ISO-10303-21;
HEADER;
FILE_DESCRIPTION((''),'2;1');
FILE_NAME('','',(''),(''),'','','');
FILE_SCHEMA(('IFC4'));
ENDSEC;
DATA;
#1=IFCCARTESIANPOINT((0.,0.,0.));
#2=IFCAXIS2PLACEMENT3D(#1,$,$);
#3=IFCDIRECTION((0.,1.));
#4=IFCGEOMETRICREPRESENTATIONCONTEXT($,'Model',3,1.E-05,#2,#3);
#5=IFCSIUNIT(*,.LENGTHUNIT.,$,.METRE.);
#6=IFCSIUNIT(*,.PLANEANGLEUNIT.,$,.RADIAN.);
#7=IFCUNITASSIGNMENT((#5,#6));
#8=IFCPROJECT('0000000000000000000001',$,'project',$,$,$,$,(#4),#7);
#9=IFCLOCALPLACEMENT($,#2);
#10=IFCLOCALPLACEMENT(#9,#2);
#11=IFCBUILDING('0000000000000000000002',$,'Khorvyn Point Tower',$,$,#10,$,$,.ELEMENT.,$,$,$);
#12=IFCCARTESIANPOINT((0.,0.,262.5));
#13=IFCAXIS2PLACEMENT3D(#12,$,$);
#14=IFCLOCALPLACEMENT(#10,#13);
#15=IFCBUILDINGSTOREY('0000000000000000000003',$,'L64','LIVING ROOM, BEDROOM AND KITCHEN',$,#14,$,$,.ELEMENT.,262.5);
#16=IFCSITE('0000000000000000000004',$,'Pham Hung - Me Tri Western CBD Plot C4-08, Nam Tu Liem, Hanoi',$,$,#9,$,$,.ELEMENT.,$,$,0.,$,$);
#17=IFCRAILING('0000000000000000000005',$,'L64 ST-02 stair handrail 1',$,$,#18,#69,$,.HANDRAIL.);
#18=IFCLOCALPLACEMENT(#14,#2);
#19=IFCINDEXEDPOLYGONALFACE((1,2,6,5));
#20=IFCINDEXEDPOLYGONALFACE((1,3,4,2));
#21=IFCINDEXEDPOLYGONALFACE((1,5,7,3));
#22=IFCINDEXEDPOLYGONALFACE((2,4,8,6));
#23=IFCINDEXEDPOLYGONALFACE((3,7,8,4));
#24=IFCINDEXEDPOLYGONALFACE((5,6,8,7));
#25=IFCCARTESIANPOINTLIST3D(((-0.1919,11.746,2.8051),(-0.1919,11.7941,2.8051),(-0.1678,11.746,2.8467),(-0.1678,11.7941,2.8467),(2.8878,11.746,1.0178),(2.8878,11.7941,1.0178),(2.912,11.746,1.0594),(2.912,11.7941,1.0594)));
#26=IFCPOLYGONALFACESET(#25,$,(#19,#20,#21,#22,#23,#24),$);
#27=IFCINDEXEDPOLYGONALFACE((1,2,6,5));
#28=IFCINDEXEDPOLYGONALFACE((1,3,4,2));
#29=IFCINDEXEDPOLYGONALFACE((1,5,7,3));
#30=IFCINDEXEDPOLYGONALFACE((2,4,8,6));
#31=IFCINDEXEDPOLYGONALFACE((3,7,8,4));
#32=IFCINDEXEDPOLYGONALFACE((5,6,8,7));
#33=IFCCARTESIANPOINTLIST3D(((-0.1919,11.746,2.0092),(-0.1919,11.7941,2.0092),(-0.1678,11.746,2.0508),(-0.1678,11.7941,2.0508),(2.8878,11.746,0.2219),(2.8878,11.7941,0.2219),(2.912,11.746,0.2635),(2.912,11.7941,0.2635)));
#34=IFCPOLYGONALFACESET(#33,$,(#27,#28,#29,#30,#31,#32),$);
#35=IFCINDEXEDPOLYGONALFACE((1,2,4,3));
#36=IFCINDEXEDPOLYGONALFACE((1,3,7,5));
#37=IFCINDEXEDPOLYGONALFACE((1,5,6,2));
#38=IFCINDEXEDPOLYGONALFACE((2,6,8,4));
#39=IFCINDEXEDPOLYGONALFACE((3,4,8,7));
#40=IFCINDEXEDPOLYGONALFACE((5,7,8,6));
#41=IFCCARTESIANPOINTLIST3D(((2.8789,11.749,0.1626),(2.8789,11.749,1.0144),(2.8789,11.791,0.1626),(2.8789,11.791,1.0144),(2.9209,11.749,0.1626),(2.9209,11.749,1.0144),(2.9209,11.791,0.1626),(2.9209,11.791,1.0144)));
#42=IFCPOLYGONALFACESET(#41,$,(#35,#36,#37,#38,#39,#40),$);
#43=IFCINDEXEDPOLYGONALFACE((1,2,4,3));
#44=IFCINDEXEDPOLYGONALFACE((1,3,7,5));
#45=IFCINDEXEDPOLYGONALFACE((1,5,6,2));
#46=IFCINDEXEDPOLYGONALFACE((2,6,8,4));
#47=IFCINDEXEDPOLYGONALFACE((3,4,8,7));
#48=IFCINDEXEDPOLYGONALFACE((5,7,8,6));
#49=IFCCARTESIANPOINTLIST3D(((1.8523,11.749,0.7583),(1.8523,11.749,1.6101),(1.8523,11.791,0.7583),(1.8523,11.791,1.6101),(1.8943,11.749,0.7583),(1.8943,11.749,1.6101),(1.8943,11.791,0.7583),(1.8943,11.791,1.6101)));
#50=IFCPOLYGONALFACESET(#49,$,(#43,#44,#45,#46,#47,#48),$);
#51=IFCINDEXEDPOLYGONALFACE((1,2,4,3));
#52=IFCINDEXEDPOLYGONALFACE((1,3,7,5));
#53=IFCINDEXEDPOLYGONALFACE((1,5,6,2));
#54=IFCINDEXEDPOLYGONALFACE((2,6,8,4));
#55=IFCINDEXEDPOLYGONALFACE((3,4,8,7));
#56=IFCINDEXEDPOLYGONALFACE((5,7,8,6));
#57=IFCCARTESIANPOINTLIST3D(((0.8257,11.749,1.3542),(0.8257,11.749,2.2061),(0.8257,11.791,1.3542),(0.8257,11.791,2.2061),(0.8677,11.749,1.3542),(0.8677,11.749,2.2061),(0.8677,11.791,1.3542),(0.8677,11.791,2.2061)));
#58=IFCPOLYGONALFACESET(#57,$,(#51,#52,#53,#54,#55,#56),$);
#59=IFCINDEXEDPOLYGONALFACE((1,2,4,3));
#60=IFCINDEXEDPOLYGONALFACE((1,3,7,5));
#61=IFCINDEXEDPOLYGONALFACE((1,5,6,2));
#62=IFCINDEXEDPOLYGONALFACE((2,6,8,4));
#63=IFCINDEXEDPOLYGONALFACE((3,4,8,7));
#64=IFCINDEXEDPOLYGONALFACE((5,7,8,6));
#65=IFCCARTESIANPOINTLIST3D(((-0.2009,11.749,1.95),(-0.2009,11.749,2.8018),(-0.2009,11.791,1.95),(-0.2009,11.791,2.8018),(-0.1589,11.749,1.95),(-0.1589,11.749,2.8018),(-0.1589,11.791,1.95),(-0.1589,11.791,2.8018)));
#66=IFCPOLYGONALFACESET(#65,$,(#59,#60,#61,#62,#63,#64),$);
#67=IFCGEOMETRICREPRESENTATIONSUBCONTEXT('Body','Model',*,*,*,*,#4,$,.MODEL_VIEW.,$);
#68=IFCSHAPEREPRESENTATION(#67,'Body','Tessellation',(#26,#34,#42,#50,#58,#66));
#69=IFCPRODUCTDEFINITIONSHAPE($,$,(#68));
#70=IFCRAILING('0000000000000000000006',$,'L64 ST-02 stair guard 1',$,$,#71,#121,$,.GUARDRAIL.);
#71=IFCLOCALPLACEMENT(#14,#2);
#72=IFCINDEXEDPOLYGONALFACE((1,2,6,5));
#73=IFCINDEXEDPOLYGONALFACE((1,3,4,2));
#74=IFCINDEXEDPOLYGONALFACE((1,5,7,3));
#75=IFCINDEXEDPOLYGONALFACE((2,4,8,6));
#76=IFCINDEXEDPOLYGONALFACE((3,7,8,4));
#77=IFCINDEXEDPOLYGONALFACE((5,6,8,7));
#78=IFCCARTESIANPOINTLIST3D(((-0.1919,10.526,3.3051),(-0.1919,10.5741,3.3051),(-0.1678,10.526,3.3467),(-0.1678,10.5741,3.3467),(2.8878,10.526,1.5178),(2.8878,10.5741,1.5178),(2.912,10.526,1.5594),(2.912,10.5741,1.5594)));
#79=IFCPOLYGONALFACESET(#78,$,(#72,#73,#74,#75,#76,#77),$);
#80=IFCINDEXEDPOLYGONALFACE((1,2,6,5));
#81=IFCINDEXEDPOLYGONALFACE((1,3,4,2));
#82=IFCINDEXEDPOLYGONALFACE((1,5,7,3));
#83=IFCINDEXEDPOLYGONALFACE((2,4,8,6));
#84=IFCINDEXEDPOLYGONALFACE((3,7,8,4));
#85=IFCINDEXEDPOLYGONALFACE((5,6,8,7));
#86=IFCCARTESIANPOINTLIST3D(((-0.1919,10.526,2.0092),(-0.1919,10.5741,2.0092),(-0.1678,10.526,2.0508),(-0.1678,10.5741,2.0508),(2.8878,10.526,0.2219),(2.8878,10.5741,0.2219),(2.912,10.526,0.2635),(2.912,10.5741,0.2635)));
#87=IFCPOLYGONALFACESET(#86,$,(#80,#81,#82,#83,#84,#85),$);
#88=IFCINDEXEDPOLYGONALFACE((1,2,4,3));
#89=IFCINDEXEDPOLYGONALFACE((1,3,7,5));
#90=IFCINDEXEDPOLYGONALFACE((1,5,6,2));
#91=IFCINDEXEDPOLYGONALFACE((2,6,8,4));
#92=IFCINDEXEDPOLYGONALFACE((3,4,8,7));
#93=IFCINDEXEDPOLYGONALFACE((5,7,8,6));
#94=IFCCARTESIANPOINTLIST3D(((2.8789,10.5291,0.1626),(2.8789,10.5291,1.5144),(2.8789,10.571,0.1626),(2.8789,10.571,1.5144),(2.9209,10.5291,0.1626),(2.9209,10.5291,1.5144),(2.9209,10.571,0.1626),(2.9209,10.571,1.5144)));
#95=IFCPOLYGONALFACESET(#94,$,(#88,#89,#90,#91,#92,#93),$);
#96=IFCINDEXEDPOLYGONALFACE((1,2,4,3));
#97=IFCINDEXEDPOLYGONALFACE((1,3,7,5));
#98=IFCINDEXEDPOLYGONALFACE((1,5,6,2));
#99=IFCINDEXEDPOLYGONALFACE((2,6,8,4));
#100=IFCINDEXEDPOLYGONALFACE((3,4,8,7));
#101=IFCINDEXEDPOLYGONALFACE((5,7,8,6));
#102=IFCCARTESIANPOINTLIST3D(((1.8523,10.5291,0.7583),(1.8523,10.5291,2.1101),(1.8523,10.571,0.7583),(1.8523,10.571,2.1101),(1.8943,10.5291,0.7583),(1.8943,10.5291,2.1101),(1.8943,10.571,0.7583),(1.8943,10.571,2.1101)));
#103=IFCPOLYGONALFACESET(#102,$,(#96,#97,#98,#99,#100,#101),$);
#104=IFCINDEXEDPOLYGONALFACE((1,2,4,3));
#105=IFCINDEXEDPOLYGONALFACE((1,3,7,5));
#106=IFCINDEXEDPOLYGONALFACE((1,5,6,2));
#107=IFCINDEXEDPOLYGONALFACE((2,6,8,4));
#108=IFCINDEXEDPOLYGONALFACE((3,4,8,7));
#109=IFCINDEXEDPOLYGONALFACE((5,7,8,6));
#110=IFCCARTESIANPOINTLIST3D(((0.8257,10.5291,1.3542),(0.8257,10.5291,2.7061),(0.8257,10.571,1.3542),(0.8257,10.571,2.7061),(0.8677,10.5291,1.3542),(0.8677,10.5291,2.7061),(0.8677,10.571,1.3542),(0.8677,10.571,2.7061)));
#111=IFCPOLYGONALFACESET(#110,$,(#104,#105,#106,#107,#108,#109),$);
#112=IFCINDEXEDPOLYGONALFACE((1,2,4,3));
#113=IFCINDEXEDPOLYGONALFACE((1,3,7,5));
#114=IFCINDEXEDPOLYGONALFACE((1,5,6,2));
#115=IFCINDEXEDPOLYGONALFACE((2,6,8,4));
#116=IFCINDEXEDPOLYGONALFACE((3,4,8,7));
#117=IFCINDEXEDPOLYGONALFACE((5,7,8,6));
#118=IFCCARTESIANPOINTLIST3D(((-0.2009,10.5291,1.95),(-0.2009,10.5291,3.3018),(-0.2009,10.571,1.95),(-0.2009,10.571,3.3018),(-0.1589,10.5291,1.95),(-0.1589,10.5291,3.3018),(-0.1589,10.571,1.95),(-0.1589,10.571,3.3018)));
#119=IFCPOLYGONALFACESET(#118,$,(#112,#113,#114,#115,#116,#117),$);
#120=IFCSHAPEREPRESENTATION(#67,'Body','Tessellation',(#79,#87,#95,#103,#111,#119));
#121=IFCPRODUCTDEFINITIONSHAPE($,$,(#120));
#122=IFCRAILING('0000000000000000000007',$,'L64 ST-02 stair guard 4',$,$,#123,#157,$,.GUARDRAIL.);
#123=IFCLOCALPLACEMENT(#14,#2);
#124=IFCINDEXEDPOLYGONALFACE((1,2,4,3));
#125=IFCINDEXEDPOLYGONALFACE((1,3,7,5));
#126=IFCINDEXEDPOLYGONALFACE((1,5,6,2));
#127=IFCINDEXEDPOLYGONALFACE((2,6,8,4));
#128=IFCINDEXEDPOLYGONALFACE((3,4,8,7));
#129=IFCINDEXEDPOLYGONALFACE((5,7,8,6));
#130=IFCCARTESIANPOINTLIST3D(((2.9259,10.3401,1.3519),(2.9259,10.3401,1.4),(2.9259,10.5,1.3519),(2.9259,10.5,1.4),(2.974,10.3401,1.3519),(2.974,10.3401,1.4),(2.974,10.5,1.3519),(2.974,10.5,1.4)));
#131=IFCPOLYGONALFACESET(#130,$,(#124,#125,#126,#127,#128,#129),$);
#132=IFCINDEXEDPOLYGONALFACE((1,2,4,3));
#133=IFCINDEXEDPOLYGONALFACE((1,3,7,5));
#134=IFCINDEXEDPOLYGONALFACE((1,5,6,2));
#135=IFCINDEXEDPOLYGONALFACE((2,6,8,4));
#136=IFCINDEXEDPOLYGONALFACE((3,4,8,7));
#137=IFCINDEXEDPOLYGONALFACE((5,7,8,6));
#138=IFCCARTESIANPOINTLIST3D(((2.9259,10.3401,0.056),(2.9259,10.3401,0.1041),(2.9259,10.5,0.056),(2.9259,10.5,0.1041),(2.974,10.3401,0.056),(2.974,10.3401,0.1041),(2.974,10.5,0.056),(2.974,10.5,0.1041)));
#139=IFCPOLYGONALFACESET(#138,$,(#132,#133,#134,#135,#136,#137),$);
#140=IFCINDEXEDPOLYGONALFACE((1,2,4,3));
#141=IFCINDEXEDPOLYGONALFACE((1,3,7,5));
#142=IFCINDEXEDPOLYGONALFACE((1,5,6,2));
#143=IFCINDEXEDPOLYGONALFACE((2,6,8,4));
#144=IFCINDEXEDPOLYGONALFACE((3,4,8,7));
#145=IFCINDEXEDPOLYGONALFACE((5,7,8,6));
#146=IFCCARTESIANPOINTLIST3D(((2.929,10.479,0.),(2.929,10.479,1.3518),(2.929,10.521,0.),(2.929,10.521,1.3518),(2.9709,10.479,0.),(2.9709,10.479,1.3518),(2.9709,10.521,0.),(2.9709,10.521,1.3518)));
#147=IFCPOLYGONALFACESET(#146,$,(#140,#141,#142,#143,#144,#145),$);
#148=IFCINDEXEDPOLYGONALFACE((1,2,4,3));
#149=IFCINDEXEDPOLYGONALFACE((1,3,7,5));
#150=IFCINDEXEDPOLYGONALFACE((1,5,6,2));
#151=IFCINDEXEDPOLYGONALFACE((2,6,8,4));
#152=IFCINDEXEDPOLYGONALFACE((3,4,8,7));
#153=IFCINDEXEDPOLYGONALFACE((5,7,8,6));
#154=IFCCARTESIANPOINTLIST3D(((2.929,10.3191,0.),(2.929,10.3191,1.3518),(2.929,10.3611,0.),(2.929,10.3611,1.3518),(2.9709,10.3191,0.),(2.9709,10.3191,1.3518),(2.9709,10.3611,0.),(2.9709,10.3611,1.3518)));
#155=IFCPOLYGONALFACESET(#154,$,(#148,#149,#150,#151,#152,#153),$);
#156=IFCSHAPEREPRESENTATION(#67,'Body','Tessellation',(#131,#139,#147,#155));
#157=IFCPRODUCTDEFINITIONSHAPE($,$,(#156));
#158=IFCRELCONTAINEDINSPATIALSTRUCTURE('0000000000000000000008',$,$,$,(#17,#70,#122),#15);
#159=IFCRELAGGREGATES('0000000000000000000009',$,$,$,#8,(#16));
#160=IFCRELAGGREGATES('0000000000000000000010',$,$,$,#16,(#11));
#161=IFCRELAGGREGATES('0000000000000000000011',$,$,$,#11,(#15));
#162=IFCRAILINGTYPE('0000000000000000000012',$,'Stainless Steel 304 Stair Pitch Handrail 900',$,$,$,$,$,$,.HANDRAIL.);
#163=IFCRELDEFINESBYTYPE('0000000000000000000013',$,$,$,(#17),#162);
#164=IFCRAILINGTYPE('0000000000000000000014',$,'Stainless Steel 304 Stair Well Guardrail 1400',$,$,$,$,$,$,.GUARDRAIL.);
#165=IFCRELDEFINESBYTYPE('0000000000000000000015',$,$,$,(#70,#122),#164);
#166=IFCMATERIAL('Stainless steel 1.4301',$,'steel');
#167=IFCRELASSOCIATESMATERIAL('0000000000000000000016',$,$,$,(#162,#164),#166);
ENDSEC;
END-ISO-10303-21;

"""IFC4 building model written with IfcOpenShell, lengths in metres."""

from ifc_helpers import new_model, si_unit, direction, frame, origin, origin_2d, place, context, subcontext, project, spatial, rectangle, extrude, material, type_object, element, save


model = new_model("IFC4")

# Units and contexts
model_context = context("Model", 3, precision=1e-05, world=origin(), true_north=direction((0.0, 1.0)))
body_context = subcontext(model_context, "Body", "Model", "MODEL_VIEW")
ifc_project = project(units=[si_unit("LENGTHUNIT", "METRE"), si_unit("PLANEANGLEUNIT", "RADIAN")], contexts=[model_context])

# Site, building, storey
site_placement = place(None, origin())
site = spatial("IfcSite", under=ifc_project, at=site_placement, Name="Pham Hung - Me Tri Western CBD Plot C4-08, Nam Tu Liem, Hanoi", CompositionType="ELEMENT", RefElevation=0.0)
building_placement = place(site_placement, origin())
building = spatial("IfcBuilding", under=site, at=building_placement, Name="Khorvyn Point Tower", CompositionType="ELEMENT")
storey_placement = place(building_placement, frame((0.0, 0.0, 262.5)))
storey = spatial("IfcBuildingStorey", under=building, at=storey_placement, Name="L64", Description="LIVING ROOM, BEDROOM AND KITCHEN", CompositionType="ELEMENT", Elevation=262.5)

# Shared definitions
ifc_material_1 = material(Name="Stainless steel 1.4301", Category="steel")

# Railings
railing_type_1 = type_object("IfcRailingType", Name="Stainless Steel 304 Stair Pitch Handrail 900", PredefinedType="HANDRAIL", material=ifc_material_1)
railing_1_placement = place(storey_placement, frame((2.8999, 11.77, 0.1626)))
element("IfcRailing", 1, at=railing_1_placement, inside=storey, type_object=railing_type_1, Name="L64 ST-02 stair handrail 1", PredefinedType="HANDRAIL", context=body_context, shape_type="SweptSolid", body=[
    extrude(rectangle(XDim=0.0481, YDim=0.0481, at=origin_2d()), frame((0.0, 0.0, 0.876), z_axis=(-0.864903, 0.0, 0.501939), x_axis=(0.0, -1.0, 0.0)), (0.0, 0.0, 1.0), 3.5608),
    extrude(rectangle(XDim=0.0481, YDim=0.0481, at=origin_2d()), frame((0.0, 0.0, 0.0801), z_axis=(-0.864903, 0.0, 0.501939), x_axis=(0.0, -1.0, 0.0)), (0.0, 0.0, 1.0), 3.5608),
    extrude(rectangle(XDim=0.042, YDim=0.042, at=origin_2d()), origin(), (0.0, 0.0, 1.0), 0.8518),
    extrude(rectangle(XDim=0.042, YDim=0.042, at=origin_2d()), frame((-1.0266, 0.0, 0.5957)), (0.0, 0.0, 1.0), 0.8518),
    extrude(rectangle(XDim=0.042, YDim=0.042, at=origin_2d()), frame((-2.0532, 0.0, 1.1917)), (0.0, 0.0, 1.0), 0.8518),
    extrude(rectangle(XDim=0.042, YDim=0.042, at=origin_2d()), frame((-3.0798, 0.0, 1.7874)), (0.0, 0.0, 1.0), 0.8518),
])
railing_type_2 = type_object("IfcRailingType", Name="Stainless Steel 304 Stair Well Guardrail 1400", PredefinedType="GUARDRAIL", material=ifc_material_1)
railing_2_placement = place(storey_placement, frame((2.8999, 10.55, 0.1626)))
element("IfcRailing", 2, at=railing_2_placement, inside=storey, type_object=railing_type_2, Name="L64 ST-02 stair guard 1", PredefinedType="GUARDRAIL", context=body_context, shape_type="SweptSolid", body=[
    extrude(rectangle(XDim=0.0481, YDim=0.0481, at=origin_2d()), frame((0.0, 0.0, 1.376), z_axis=(-0.864903, 0.0, 0.501939), x_axis=(0.0, -1.0, 0.0)), (0.0, 0.0, 1.0), 3.5608),
    extrude(rectangle(XDim=0.0481, YDim=0.0481, at=origin_2d()), frame((0.0, 0.0, 0.0801), z_axis=(-0.864903, 0.0, 0.501939), x_axis=(0.0, -1.0, 0.0)), (0.0, 0.0, 1.0), 3.5608),
    extrude(rectangle(XDim=0.042, YDim=0.042, at=origin_2d()), origin(), (0.0, 0.0, 1.0), 1.3518),
    extrude(rectangle(XDim=0.042, YDim=0.042, at=origin_2d()), frame((-1.0266, 0.0, 0.5957)), (0.0, 0.0, 1.0), 1.3518),
    extrude(rectangle(XDim=0.042, YDim=0.042, at=origin_2d()), frame((-2.0532, 0.0, 1.1917)), (0.0, 0.0, 1.0), 1.3518),
    extrude(rectangle(XDim=0.042, YDim=0.042, at=origin_2d()), frame((-3.0798, 0.0, 1.7874)), (0.0, 0.0, 1.0), 1.3518),
])
railing_3_placement = place(storey_placement, frame((2.95, 10.5, 0.0)))
element("IfcRailing", 3, at=railing_3_placement, inside=storey, type_object=railing_type_2, Name="L64 ST-02 stair guard 4", PredefinedType="GUARDRAIL", context=body_context, shape_type="SweptSolid", body=[
    extrude(rectangle(XDim=0.0481, YDim=0.0481, at=origin_2d()), frame((0.0, 0.0, 1.376), z_axis=(0.0, -1.0, 0.0), x_axis=(1.0, 0.0, 0.0)), (0.0, 0.0, 1.0), 0.1599),
    extrude(rectangle(XDim=0.0481, YDim=0.0481, at=origin_2d()), frame((0.0, 0.0, 0.0801), z_axis=(0.0, -1.0, 0.0), x_axis=(1.0, 0.0, 0.0)), (0.0, 0.0, 1.0), 0.1599),
    extrude(rectangle(XDim=0.042, YDim=0.042, at=origin_2d()), origin(), (0.0, 0.0, 1.0), 1.3518),
    extrude(rectangle(XDim=0.042, YDim=0.042, at=origin_2d()), frame((0.0, -0.1599, 0.0)), (0.0, 0.0, 1.0), 1.3518),
])

save(model, "model.ifc")
